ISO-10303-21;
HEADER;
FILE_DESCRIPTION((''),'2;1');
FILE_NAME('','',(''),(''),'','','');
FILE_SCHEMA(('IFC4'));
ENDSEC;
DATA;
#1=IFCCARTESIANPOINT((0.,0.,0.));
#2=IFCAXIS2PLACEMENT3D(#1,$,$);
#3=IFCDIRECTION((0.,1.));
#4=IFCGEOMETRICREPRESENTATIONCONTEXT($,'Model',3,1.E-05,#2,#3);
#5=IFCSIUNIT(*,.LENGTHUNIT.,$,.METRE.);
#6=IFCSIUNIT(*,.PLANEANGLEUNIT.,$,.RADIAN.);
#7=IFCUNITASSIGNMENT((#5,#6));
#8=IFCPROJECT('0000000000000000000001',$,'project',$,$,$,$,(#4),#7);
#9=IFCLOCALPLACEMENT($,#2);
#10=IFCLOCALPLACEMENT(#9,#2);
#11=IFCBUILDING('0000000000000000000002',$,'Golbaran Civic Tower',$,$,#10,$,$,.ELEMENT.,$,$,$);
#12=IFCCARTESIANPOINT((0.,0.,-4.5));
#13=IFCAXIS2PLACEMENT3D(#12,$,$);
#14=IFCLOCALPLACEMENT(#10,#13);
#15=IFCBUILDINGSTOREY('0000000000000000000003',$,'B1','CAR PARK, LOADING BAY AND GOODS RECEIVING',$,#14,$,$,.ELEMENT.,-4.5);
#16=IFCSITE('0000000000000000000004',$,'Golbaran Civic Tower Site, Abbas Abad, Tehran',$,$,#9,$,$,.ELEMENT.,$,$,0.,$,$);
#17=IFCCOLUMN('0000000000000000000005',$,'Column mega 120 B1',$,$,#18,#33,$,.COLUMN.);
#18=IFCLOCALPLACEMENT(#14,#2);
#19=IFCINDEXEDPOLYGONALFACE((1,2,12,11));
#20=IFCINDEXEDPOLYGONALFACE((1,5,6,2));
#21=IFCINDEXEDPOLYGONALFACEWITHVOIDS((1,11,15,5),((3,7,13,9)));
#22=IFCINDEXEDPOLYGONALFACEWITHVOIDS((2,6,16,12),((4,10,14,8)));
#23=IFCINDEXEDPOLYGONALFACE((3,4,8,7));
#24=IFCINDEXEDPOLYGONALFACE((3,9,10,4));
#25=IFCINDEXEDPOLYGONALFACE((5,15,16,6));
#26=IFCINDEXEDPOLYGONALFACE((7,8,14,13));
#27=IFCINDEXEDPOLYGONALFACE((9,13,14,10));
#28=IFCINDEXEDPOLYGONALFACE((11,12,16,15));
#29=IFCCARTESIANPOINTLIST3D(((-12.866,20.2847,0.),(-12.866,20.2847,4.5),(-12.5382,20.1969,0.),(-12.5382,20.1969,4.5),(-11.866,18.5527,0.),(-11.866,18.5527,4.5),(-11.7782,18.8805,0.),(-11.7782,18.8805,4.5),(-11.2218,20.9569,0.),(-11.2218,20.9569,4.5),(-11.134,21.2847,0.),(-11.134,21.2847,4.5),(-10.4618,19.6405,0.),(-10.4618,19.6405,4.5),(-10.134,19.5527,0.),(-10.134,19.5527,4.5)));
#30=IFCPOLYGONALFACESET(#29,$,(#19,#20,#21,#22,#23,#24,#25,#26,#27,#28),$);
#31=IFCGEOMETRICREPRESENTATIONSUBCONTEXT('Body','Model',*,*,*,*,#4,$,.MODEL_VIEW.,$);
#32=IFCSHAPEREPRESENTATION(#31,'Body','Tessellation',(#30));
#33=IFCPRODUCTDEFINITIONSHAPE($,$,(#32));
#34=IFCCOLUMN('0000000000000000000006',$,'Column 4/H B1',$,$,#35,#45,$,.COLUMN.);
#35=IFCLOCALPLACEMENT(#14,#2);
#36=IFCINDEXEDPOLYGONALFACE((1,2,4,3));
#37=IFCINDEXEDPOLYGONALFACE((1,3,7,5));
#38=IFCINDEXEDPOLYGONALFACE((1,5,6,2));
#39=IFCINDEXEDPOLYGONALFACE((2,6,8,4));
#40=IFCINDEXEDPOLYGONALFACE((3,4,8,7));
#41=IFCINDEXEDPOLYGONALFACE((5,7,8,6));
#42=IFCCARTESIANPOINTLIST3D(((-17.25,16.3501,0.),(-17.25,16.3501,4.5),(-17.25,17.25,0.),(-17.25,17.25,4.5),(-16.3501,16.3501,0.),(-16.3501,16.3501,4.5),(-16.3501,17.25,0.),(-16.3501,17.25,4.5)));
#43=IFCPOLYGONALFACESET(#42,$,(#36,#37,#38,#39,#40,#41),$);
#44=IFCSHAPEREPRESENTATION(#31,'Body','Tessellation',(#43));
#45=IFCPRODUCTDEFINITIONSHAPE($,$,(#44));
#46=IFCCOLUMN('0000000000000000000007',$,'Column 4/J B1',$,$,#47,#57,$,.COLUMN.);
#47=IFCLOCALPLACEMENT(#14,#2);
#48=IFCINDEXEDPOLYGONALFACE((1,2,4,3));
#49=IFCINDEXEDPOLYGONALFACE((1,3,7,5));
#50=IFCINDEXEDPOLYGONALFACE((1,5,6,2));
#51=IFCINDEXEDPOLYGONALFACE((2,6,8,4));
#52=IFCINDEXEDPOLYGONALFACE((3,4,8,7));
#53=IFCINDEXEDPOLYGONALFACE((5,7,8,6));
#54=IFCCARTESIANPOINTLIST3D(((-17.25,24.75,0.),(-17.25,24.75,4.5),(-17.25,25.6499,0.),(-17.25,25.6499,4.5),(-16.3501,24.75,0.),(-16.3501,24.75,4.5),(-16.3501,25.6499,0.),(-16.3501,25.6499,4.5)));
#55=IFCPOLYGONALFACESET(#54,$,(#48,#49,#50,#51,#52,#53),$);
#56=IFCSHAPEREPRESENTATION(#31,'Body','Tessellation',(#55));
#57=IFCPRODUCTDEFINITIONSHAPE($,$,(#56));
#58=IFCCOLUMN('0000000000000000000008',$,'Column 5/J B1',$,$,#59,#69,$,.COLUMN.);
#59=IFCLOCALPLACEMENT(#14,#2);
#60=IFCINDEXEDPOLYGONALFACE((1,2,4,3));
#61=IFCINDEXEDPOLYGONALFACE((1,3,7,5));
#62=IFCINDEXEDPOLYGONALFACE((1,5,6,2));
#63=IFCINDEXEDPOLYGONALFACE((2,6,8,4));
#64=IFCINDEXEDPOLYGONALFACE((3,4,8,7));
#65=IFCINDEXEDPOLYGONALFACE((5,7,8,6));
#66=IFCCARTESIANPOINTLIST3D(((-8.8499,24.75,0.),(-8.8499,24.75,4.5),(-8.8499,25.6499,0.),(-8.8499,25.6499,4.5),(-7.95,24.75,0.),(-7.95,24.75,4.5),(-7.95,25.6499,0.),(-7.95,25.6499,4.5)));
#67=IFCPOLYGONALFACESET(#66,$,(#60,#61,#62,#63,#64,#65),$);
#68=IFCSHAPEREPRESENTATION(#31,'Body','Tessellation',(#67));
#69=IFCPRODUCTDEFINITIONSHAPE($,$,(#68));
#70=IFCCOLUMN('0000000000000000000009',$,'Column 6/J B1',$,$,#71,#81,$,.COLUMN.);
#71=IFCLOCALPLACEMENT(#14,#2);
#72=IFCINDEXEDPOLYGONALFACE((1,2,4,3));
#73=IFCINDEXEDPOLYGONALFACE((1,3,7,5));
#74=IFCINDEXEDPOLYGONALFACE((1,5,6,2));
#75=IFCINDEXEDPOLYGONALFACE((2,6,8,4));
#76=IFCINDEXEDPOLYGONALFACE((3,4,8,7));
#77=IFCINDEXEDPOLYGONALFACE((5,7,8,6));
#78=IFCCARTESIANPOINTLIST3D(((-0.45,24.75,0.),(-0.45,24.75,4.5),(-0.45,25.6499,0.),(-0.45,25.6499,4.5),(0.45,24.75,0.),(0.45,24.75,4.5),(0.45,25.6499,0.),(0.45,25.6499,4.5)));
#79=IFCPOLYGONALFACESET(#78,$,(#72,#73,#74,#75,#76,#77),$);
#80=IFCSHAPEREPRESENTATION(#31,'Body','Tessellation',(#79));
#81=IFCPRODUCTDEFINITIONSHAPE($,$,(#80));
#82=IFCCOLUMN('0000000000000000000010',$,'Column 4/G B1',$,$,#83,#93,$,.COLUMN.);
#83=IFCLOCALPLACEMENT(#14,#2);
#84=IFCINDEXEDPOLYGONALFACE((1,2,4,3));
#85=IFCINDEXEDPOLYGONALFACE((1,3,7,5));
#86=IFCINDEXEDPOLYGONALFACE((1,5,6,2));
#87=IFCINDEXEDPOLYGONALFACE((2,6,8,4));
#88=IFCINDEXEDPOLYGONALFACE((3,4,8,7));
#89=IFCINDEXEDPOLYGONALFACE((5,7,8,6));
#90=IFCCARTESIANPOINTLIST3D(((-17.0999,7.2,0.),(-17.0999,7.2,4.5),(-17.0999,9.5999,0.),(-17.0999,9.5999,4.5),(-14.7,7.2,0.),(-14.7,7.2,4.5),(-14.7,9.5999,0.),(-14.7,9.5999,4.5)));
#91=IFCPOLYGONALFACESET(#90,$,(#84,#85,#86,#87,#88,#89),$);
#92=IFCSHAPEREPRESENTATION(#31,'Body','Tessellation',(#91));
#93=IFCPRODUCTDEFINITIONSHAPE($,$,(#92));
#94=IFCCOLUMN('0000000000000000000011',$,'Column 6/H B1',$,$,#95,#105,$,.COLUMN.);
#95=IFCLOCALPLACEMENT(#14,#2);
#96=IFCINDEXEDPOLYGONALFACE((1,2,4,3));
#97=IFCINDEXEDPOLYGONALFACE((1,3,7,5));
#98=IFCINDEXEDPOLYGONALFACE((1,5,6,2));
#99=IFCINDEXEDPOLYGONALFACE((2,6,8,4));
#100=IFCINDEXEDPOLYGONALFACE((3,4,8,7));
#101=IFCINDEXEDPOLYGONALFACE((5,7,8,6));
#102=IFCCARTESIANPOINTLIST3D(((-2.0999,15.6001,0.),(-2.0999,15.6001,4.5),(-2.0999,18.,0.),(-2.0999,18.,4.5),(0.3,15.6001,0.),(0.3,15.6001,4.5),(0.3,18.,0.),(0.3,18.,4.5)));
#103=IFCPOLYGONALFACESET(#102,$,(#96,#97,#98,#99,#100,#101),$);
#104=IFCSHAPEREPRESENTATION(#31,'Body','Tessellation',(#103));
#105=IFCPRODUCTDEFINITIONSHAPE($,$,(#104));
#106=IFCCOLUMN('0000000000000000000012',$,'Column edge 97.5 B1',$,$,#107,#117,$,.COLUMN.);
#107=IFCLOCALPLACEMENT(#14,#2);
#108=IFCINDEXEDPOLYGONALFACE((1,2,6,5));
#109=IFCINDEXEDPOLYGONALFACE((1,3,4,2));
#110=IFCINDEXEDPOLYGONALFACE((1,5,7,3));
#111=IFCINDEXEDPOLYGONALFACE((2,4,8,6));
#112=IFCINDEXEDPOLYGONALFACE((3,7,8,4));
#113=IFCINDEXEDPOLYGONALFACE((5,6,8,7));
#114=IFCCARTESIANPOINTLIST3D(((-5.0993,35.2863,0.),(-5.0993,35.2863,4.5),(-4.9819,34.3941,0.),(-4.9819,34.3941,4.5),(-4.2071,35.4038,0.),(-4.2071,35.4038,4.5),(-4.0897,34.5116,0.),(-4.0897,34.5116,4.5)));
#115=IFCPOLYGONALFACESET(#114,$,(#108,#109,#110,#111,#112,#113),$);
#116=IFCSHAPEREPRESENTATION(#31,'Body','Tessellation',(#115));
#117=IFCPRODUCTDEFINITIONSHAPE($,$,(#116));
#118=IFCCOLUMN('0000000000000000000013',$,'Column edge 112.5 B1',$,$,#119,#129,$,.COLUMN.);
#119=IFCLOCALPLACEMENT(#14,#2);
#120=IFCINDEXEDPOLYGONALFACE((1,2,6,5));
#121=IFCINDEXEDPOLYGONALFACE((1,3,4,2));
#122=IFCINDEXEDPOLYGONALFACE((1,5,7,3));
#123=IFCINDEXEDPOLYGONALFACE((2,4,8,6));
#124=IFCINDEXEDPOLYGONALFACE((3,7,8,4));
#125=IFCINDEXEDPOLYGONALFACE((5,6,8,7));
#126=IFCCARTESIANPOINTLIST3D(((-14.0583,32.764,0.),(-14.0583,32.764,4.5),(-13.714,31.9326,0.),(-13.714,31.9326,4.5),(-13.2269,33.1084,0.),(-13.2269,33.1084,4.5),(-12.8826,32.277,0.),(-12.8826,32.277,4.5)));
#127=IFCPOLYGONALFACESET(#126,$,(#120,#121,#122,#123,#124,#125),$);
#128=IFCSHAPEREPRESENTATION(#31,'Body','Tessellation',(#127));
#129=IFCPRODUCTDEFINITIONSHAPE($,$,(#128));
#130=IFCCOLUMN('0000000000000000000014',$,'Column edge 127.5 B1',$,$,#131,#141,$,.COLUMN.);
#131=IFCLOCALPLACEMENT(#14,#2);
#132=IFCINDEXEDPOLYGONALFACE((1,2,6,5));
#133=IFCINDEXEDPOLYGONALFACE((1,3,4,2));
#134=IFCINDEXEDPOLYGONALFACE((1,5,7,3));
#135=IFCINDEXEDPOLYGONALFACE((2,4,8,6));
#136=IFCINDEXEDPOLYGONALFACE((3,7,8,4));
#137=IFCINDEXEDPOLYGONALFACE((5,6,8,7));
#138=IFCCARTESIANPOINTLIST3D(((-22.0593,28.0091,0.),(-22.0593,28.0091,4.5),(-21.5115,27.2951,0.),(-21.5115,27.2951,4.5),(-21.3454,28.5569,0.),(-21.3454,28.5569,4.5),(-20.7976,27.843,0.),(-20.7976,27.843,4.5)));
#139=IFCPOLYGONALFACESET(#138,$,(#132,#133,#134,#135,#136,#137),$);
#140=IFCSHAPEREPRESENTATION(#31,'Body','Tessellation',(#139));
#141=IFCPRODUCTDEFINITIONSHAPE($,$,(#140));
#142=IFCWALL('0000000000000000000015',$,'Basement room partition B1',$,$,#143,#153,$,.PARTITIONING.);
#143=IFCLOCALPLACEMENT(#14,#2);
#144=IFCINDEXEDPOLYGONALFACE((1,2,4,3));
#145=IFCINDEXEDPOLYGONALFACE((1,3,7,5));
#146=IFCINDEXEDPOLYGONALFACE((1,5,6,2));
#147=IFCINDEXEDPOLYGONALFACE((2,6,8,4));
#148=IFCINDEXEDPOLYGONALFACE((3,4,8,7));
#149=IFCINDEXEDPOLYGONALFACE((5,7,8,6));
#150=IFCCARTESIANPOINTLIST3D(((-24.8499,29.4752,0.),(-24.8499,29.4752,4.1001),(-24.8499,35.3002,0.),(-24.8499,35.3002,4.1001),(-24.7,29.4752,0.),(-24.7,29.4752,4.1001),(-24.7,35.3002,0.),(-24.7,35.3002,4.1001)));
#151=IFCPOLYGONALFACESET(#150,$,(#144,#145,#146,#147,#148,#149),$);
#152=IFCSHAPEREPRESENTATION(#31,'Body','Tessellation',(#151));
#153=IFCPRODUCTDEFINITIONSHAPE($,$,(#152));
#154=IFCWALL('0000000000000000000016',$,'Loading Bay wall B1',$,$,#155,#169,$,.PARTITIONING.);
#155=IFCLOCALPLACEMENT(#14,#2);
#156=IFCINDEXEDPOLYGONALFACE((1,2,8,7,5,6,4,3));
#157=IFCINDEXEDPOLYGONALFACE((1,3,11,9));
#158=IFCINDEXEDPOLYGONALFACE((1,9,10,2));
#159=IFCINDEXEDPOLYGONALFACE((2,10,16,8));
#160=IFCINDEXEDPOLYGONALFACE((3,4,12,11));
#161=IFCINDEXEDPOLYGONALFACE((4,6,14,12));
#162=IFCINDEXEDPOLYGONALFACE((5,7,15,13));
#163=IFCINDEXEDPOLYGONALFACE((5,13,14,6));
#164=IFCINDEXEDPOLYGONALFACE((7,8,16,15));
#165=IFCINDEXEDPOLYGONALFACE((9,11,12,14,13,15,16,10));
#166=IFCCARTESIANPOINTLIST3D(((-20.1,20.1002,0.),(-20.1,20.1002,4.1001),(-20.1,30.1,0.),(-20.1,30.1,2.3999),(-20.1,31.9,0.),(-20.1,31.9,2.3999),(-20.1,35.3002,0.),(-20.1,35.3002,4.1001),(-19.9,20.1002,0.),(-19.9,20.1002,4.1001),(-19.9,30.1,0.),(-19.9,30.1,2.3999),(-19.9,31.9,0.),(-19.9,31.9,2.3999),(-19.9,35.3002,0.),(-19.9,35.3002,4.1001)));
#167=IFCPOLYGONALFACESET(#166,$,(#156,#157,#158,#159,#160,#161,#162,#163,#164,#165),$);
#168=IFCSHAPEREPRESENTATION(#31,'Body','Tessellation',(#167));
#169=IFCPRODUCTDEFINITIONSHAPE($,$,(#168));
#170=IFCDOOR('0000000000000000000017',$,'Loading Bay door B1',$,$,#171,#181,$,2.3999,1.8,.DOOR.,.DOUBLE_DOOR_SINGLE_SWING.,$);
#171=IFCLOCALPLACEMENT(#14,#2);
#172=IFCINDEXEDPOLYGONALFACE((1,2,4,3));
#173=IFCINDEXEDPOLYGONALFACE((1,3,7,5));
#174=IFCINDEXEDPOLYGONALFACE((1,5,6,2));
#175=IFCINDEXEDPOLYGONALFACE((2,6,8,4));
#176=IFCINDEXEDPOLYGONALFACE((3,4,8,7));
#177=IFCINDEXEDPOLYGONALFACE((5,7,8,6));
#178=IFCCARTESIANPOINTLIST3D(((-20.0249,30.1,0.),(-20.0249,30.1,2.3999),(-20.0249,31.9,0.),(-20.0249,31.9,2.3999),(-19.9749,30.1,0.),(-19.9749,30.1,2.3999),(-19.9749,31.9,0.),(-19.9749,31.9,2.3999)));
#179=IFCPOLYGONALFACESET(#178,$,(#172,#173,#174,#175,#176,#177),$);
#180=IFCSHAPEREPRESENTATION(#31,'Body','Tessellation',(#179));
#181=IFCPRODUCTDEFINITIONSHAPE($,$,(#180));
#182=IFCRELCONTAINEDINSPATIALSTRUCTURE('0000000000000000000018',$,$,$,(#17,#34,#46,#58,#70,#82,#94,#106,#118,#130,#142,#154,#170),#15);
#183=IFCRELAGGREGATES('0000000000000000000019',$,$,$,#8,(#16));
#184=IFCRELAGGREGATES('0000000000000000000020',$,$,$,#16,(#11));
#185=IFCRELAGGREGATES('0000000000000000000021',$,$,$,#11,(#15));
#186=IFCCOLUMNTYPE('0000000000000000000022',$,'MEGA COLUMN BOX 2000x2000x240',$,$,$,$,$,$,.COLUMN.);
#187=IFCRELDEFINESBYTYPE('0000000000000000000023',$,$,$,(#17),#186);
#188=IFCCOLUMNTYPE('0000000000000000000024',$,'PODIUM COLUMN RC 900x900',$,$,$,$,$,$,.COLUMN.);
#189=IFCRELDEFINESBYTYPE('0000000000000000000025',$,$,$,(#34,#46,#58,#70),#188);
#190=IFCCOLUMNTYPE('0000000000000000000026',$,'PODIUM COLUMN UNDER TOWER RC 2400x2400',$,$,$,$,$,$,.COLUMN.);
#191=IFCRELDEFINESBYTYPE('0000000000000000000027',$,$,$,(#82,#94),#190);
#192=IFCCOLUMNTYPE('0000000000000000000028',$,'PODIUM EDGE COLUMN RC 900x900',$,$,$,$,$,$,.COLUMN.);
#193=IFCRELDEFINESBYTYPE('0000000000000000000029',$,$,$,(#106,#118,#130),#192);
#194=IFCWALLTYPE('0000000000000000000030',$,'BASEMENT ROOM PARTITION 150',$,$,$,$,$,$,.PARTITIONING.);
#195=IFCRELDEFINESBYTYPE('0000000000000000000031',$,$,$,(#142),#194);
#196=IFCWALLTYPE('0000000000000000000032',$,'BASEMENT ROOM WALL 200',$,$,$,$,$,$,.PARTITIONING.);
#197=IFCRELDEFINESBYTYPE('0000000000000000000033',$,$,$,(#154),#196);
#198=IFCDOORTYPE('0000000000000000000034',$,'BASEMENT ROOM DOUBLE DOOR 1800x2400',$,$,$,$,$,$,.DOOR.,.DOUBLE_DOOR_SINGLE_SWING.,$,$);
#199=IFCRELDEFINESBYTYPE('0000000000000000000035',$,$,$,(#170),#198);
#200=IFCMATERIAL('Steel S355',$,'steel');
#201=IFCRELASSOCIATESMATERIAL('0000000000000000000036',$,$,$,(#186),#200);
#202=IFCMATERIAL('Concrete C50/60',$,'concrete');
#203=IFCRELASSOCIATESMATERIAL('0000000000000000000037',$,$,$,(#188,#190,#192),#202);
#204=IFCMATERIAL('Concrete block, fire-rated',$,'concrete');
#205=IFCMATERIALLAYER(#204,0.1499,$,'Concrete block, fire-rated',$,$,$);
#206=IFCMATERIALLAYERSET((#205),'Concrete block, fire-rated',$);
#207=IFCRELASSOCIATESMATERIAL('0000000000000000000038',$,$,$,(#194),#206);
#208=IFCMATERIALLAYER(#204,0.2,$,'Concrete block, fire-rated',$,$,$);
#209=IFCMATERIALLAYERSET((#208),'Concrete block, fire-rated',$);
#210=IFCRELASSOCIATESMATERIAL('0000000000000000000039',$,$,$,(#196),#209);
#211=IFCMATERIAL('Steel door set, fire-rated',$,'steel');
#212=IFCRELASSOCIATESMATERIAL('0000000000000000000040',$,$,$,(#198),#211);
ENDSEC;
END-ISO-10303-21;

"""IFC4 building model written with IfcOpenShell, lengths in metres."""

from ifc_helpers import new_model, si_unit, direction, frame, frame_2d, origin, origin_2d, place, context, subcontext, project, spatial, rectangle, hollow_rectangle, extrude, material, layer, layer_set, material_profile, profile_set, type_object, element, fill, save


model = new_model("IFC4")

# Units and contexts
model_context = context("Model", 3, precision=1e-05, world=origin(), true_north=direction((0.0, 1.0)))
body_context = subcontext(model_context, "Body", "Model", "MODEL_VIEW")
ifc_project = project(units=[si_unit("LENGTHUNIT", "METRE"), si_unit("PLANEANGLEUNIT", "RADIAN")], contexts=[model_context])

# Site, building, storey
site_placement = place(None, origin())
site = spatial("IfcSite", under=ifc_project, at=site_placement, Name="Golbaran Civic Tower Site, Abbas Abad, Tehran", CompositionType="ELEMENT", RefElevation=0.0)
building_placement = place(site_placement, origin())
building = spatial("IfcBuilding", under=site, at=building_placement, Name="Golbaran Civic Tower", CompositionType="ELEMENT")
storey_placement = place(building_placement, frame((0.0, 0.0, -4.5)))
storey = spatial("IfcBuildingStorey", under=building, at=storey_placement, Name="B1", Description="CAR PARK, LOADING BAY AND GOODS RECEIVING", CompositionType="ELEMENT", Elevation=-4.5)

# Columns
ifc_material_1 = material(Name="Steel S355", Category="steel")
ifc_material_profile_1 = material_profile(ifc_material_1, hollow_rectangle(XDim=2.0, YDim=2.0, WallThickness=0.24, at=origin_2d()), Name="BOX 2000x2000x240")
ifc_profile_set_1 = profile_set([ifc_material_profile_1], Name="Steel S355")
column_type_1 = type_object("IfcColumnType", Name="MEGA COLUMN BOX 2000x2000x240", PredefinedType="COLUMN", material=ifc_profile_set_1)
column_placement = place(storey_placement, frame((-11.5, 19.9187, 0.0), z_axis=(0.0, 0.0, 1.0), x_axis=(-0.5, 0.866025, 0.0)))
element("IfcColumn", 1, at=column_placement, inside=storey, type_object=column_type_1, Name="Column mega 120 B1", PredefinedType="COLUMN", context=body_context, shape_type="SweptSolid", body=[
    extrude(hollow_rectangle(XDim=2.0, YDim=2.0, WallThickness=0.24, at=origin_2d()), origin(), (0.0, 0.0, 1.0), 4.5),
])
ifc_material_2 = material(Name="Concrete C50/60", Category="concrete")
ifc_material_profile_2 = material_profile(ifc_material_2, rectangle(XDim=0.8999, YDim=0.8999, at=origin_2d()), Name="RC 900x900")
ifc_profile_set_2 = profile_set([ifc_material_profile_2], Name="Concrete C50/60")
column_type_2 = type_object("IfcColumnType", Name="PODIUM COLUMN RC 900x900", PredefinedType="COLUMN", material=ifc_profile_set_2)
for number, where, z_axis, x_axis, name in (
    (2, (-16.8, 16.8, 0.0), (0.0, 0.0, 1.0), (1.0, 0.0, 0.0), "Column 4/H B1"),
    (3, (-16.8, 25.2, 0.0), (0.0, 0.0, 1.0), (1.0, 0.0, 0.0), "Column 4/J B1"),
    (4, (-8.3999, 25.2, 0.0), (0.0, 0.0, 1.0), (1.0, 0.0, 0.0), "Column 5/J B1"),
    (5, (0.0, 25.2, 0.0), (0.0, 0.0, 1.0), (1.0, 0.0, 0.0), "Column 6/J B1"),
):
    element("IfcColumn", number, at=place(storey_placement, frame(where, z_axis=z_axis, x_axis=x_axis)), inside=storey, type_object=column_type_2, Name=name, PredefinedType="COLUMN", context=body_context, shape_type="SweptSolid", body=[
        extrude(rectangle(XDim=0.8999, YDim=0.8999, at=origin_2d()), origin(), (0.0, 0.0, 1.0), 4.5),
    ])
ifc_material_profile_3 = material_profile(ifc_material_2, rectangle(XDim=2.3999, YDim=2.3999, at=origin_2d()), Name="RC 2400x2400")
ifc_profile_set_3 = profile_set([ifc_material_profile_3], Name="Concrete C50/60")
column_type_3 = type_object("IfcColumnType", Name="PODIUM COLUMN UNDER TOWER RC 2400x2400", PredefinedType="COLUMN", material=ifc_profile_set_3)
for number, where, z_axis, x_axis, name in (
    (6, (-15.8999, 8.3999, 0.0), (0.0, 0.0, 1.0), (1.0, 0.0, 0.0), "Column 4/G B1"),
    (7, (-0.8999, 16.8, 0.0), (0.0, 0.0, 1.0), (1.0, 0.0, 0.0), "Column 6/H B1"),
):
    element("IfcColumn", number, at=place(storey_placement, frame(where, z_axis=z_axis, x_axis=x_axis)), inside=storey, type_object=column_type_3, Name=name, PredefinedType="COLUMN", context=body_context, shape_type="SweptSolid", body=[
        extrude(rectangle(XDim=2.3999, YDim=2.3999, at=origin_2d()), origin(), (0.0, 0.0, 1.0), 4.5),
    ])
ifc_material_profile_4 = material_profile(ifc_material_2, rectangle(XDim=0.8999, YDim=0.8999, at=origin_2d()), Name="RC 900x900")
ifc_profile_set_4 = profile_set([ifc_material_profile_4], Name="Concrete C50/60")
column_type_4 = type_object("IfcColumnType", Name="PODIUM EDGE COLUMN RC 900x900", PredefinedType="COLUMN", material=ifc_profile_set_4)
for number, where, z_axis, x_axis, name in (
    (8, (-4.5945, 34.8989, 0.0), (0.0, 0.0, 1.0), (-0.130526, 0.991445, 0.0), "Column edge 97.5 B1"),
    (9, (-13.4705, 32.5205, 0.0), (0.0, 0.0, 1.0), (-0.382683, 0.92388, 0.0), "Column edge 112.5 B1"),
    (10, (-21.4285, 27.926, 0.0), (0.0, 0.0, 1.0), (-0.608761, 0.793353, 0.0), "Column edge 127.5 B1"),
):
    element("IfcColumn", number, at=place(storey_placement, frame(where, z_axis=z_axis, x_axis=x_axis)), inside=storey, type_object=column_type_4, Name=name, PredefinedType="COLUMN", context=body_context, shape_type="SweptSolid", body=[
        extrude(rectangle(XDim=0.8999, YDim=0.8999, at=origin_2d()), origin(), (0.0, 0.0, 1.0), 4.5),
    ])

# Wall
ifc_material_3 = material(Name="Concrete block, fire-rated", Category="concrete")
ifc_layer_1 = layer(ifc_material_3, 0.1499, Name="Concrete block, fire-rated")
ifc_layer_set_1 = layer_set([ifc_layer_1], Name="Concrete block, fire-rated")
wall_type_1 = type_object("IfcWallType", Name="BASEMENT ROOM PARTITION 150", PredefinedType="PARTITIONING", material=ifc_layer_set_1)
wall_1_placement = place(storey_placement, frame((-24.7749, 29.4751, 0.0), z_axis=(0.0, 0.0, 1.0), x_axis=(0.0, 1.0, 0.0)))
element("IfcWall", 11, at=wall_1_placement, inside=storey, type_object=wall_type_1, Name="Basement room partition B1", PredefinedType="PARTITIONING", context=body_context, shape_type="SweptSolid", body=[
    extrude(rectangle(XDim=5.825, YDim=0.1499, at=frame_2d((2.9126, 0.0))), origin(), (0.0, 0.0, 1.0), 4.1001),
])

# Wall, opening, door
ifc_layer_2 = layer(ifc_material_3, 0.2, Name="Concrete block, fire-rated")
ifc_layer_set_2 = layer_set([ifc_layer_2], Name="Concrete block, fire-rated")
wall_type_2 = type_object("IfcWallType", Name="BASEMENT ROOM WALL 200", PredefinedType="PARTITIONING", material=ifc_layer_set_2)
wall_2_placement = place(storey_placement, frame((-20.0, 20.1001, 0.0), z_axis=(0.0, 0.0, 1.0), x_axis=(0.0, 1.0, 0.0)))
wall_2 = element("IfcWall", 12, at=wall_2_placement, inside=storey, type_object=wall_type_2, Name="Loading Bay wall B1", PredefinedType="PARTITIONING", context=body_context, shape_type="SweptSolid", body=[
    extrude(rectangle(XDim=15.2, YDim=0.2, at=frame_2d((7.6001, 0.0))), origin(), (0.0, 0.0, 1.0), 4.1001),
])
opening_1_placement = place(wall_2_placement, frame((10.0, 0.0, 0.0)))
opening_1 = element("IfcOpeningElement", 13, at=opening_1_placement, cuts=wall_2, PredefinedType="OPENING", context=body_context, shape_type="SweptSolid", body=[
    extrude(rectangle(XDim=1.8, YDim=2.3999, at=frame_2d((0.8999, 1.2))), frame((0.0, 0.1099, 0.0), z_axis=(0.0, -1.0, 0.0), x_axis=(1.0, 0.0, 0.0)), (0.0, 0.0, 1.0), 0.22),
])
ifc_material_4 = material(Name="Steel door set, fire-rated", Category="steel")
door_type_1 = type_object("IfcDoorType", Name="BASEMENT ROOM DOUBLE DOOR 1800x2400", OperationType="DOUBLE_DOOR_SINGLE_SWING", PredefinedType="DOOR", material=ifc_material_4)
door_1_placement = place(opening_1_placement, origin())
door_1 = element("IfcDoor", 14, at=door_1_placement, inside=storey, type_object=door_type_1, Name="Loading Bay door B1", OperationType="DOUBLE_DOOR_SINGLE_SWING", OverallHeight=2.3999, OverallWidth=1.8, PredefinedType="DOOR", context=body_context, shape_type="SweptSolid", body=[
    extrude(rectangle(XDim=1.8, YDim=2.3999, at=frame_2d((0.8999, 1.2))), frame((0.0, 0.0249, 0.0), z_axis=(0.0, -1.0, 0.0), x_axis=(1.0, 0.0, 0.0)), (0.0, 0.0, 1.0), 0.05),
])
fill(opening_1, door_1)

save(model, "model.ifc")
